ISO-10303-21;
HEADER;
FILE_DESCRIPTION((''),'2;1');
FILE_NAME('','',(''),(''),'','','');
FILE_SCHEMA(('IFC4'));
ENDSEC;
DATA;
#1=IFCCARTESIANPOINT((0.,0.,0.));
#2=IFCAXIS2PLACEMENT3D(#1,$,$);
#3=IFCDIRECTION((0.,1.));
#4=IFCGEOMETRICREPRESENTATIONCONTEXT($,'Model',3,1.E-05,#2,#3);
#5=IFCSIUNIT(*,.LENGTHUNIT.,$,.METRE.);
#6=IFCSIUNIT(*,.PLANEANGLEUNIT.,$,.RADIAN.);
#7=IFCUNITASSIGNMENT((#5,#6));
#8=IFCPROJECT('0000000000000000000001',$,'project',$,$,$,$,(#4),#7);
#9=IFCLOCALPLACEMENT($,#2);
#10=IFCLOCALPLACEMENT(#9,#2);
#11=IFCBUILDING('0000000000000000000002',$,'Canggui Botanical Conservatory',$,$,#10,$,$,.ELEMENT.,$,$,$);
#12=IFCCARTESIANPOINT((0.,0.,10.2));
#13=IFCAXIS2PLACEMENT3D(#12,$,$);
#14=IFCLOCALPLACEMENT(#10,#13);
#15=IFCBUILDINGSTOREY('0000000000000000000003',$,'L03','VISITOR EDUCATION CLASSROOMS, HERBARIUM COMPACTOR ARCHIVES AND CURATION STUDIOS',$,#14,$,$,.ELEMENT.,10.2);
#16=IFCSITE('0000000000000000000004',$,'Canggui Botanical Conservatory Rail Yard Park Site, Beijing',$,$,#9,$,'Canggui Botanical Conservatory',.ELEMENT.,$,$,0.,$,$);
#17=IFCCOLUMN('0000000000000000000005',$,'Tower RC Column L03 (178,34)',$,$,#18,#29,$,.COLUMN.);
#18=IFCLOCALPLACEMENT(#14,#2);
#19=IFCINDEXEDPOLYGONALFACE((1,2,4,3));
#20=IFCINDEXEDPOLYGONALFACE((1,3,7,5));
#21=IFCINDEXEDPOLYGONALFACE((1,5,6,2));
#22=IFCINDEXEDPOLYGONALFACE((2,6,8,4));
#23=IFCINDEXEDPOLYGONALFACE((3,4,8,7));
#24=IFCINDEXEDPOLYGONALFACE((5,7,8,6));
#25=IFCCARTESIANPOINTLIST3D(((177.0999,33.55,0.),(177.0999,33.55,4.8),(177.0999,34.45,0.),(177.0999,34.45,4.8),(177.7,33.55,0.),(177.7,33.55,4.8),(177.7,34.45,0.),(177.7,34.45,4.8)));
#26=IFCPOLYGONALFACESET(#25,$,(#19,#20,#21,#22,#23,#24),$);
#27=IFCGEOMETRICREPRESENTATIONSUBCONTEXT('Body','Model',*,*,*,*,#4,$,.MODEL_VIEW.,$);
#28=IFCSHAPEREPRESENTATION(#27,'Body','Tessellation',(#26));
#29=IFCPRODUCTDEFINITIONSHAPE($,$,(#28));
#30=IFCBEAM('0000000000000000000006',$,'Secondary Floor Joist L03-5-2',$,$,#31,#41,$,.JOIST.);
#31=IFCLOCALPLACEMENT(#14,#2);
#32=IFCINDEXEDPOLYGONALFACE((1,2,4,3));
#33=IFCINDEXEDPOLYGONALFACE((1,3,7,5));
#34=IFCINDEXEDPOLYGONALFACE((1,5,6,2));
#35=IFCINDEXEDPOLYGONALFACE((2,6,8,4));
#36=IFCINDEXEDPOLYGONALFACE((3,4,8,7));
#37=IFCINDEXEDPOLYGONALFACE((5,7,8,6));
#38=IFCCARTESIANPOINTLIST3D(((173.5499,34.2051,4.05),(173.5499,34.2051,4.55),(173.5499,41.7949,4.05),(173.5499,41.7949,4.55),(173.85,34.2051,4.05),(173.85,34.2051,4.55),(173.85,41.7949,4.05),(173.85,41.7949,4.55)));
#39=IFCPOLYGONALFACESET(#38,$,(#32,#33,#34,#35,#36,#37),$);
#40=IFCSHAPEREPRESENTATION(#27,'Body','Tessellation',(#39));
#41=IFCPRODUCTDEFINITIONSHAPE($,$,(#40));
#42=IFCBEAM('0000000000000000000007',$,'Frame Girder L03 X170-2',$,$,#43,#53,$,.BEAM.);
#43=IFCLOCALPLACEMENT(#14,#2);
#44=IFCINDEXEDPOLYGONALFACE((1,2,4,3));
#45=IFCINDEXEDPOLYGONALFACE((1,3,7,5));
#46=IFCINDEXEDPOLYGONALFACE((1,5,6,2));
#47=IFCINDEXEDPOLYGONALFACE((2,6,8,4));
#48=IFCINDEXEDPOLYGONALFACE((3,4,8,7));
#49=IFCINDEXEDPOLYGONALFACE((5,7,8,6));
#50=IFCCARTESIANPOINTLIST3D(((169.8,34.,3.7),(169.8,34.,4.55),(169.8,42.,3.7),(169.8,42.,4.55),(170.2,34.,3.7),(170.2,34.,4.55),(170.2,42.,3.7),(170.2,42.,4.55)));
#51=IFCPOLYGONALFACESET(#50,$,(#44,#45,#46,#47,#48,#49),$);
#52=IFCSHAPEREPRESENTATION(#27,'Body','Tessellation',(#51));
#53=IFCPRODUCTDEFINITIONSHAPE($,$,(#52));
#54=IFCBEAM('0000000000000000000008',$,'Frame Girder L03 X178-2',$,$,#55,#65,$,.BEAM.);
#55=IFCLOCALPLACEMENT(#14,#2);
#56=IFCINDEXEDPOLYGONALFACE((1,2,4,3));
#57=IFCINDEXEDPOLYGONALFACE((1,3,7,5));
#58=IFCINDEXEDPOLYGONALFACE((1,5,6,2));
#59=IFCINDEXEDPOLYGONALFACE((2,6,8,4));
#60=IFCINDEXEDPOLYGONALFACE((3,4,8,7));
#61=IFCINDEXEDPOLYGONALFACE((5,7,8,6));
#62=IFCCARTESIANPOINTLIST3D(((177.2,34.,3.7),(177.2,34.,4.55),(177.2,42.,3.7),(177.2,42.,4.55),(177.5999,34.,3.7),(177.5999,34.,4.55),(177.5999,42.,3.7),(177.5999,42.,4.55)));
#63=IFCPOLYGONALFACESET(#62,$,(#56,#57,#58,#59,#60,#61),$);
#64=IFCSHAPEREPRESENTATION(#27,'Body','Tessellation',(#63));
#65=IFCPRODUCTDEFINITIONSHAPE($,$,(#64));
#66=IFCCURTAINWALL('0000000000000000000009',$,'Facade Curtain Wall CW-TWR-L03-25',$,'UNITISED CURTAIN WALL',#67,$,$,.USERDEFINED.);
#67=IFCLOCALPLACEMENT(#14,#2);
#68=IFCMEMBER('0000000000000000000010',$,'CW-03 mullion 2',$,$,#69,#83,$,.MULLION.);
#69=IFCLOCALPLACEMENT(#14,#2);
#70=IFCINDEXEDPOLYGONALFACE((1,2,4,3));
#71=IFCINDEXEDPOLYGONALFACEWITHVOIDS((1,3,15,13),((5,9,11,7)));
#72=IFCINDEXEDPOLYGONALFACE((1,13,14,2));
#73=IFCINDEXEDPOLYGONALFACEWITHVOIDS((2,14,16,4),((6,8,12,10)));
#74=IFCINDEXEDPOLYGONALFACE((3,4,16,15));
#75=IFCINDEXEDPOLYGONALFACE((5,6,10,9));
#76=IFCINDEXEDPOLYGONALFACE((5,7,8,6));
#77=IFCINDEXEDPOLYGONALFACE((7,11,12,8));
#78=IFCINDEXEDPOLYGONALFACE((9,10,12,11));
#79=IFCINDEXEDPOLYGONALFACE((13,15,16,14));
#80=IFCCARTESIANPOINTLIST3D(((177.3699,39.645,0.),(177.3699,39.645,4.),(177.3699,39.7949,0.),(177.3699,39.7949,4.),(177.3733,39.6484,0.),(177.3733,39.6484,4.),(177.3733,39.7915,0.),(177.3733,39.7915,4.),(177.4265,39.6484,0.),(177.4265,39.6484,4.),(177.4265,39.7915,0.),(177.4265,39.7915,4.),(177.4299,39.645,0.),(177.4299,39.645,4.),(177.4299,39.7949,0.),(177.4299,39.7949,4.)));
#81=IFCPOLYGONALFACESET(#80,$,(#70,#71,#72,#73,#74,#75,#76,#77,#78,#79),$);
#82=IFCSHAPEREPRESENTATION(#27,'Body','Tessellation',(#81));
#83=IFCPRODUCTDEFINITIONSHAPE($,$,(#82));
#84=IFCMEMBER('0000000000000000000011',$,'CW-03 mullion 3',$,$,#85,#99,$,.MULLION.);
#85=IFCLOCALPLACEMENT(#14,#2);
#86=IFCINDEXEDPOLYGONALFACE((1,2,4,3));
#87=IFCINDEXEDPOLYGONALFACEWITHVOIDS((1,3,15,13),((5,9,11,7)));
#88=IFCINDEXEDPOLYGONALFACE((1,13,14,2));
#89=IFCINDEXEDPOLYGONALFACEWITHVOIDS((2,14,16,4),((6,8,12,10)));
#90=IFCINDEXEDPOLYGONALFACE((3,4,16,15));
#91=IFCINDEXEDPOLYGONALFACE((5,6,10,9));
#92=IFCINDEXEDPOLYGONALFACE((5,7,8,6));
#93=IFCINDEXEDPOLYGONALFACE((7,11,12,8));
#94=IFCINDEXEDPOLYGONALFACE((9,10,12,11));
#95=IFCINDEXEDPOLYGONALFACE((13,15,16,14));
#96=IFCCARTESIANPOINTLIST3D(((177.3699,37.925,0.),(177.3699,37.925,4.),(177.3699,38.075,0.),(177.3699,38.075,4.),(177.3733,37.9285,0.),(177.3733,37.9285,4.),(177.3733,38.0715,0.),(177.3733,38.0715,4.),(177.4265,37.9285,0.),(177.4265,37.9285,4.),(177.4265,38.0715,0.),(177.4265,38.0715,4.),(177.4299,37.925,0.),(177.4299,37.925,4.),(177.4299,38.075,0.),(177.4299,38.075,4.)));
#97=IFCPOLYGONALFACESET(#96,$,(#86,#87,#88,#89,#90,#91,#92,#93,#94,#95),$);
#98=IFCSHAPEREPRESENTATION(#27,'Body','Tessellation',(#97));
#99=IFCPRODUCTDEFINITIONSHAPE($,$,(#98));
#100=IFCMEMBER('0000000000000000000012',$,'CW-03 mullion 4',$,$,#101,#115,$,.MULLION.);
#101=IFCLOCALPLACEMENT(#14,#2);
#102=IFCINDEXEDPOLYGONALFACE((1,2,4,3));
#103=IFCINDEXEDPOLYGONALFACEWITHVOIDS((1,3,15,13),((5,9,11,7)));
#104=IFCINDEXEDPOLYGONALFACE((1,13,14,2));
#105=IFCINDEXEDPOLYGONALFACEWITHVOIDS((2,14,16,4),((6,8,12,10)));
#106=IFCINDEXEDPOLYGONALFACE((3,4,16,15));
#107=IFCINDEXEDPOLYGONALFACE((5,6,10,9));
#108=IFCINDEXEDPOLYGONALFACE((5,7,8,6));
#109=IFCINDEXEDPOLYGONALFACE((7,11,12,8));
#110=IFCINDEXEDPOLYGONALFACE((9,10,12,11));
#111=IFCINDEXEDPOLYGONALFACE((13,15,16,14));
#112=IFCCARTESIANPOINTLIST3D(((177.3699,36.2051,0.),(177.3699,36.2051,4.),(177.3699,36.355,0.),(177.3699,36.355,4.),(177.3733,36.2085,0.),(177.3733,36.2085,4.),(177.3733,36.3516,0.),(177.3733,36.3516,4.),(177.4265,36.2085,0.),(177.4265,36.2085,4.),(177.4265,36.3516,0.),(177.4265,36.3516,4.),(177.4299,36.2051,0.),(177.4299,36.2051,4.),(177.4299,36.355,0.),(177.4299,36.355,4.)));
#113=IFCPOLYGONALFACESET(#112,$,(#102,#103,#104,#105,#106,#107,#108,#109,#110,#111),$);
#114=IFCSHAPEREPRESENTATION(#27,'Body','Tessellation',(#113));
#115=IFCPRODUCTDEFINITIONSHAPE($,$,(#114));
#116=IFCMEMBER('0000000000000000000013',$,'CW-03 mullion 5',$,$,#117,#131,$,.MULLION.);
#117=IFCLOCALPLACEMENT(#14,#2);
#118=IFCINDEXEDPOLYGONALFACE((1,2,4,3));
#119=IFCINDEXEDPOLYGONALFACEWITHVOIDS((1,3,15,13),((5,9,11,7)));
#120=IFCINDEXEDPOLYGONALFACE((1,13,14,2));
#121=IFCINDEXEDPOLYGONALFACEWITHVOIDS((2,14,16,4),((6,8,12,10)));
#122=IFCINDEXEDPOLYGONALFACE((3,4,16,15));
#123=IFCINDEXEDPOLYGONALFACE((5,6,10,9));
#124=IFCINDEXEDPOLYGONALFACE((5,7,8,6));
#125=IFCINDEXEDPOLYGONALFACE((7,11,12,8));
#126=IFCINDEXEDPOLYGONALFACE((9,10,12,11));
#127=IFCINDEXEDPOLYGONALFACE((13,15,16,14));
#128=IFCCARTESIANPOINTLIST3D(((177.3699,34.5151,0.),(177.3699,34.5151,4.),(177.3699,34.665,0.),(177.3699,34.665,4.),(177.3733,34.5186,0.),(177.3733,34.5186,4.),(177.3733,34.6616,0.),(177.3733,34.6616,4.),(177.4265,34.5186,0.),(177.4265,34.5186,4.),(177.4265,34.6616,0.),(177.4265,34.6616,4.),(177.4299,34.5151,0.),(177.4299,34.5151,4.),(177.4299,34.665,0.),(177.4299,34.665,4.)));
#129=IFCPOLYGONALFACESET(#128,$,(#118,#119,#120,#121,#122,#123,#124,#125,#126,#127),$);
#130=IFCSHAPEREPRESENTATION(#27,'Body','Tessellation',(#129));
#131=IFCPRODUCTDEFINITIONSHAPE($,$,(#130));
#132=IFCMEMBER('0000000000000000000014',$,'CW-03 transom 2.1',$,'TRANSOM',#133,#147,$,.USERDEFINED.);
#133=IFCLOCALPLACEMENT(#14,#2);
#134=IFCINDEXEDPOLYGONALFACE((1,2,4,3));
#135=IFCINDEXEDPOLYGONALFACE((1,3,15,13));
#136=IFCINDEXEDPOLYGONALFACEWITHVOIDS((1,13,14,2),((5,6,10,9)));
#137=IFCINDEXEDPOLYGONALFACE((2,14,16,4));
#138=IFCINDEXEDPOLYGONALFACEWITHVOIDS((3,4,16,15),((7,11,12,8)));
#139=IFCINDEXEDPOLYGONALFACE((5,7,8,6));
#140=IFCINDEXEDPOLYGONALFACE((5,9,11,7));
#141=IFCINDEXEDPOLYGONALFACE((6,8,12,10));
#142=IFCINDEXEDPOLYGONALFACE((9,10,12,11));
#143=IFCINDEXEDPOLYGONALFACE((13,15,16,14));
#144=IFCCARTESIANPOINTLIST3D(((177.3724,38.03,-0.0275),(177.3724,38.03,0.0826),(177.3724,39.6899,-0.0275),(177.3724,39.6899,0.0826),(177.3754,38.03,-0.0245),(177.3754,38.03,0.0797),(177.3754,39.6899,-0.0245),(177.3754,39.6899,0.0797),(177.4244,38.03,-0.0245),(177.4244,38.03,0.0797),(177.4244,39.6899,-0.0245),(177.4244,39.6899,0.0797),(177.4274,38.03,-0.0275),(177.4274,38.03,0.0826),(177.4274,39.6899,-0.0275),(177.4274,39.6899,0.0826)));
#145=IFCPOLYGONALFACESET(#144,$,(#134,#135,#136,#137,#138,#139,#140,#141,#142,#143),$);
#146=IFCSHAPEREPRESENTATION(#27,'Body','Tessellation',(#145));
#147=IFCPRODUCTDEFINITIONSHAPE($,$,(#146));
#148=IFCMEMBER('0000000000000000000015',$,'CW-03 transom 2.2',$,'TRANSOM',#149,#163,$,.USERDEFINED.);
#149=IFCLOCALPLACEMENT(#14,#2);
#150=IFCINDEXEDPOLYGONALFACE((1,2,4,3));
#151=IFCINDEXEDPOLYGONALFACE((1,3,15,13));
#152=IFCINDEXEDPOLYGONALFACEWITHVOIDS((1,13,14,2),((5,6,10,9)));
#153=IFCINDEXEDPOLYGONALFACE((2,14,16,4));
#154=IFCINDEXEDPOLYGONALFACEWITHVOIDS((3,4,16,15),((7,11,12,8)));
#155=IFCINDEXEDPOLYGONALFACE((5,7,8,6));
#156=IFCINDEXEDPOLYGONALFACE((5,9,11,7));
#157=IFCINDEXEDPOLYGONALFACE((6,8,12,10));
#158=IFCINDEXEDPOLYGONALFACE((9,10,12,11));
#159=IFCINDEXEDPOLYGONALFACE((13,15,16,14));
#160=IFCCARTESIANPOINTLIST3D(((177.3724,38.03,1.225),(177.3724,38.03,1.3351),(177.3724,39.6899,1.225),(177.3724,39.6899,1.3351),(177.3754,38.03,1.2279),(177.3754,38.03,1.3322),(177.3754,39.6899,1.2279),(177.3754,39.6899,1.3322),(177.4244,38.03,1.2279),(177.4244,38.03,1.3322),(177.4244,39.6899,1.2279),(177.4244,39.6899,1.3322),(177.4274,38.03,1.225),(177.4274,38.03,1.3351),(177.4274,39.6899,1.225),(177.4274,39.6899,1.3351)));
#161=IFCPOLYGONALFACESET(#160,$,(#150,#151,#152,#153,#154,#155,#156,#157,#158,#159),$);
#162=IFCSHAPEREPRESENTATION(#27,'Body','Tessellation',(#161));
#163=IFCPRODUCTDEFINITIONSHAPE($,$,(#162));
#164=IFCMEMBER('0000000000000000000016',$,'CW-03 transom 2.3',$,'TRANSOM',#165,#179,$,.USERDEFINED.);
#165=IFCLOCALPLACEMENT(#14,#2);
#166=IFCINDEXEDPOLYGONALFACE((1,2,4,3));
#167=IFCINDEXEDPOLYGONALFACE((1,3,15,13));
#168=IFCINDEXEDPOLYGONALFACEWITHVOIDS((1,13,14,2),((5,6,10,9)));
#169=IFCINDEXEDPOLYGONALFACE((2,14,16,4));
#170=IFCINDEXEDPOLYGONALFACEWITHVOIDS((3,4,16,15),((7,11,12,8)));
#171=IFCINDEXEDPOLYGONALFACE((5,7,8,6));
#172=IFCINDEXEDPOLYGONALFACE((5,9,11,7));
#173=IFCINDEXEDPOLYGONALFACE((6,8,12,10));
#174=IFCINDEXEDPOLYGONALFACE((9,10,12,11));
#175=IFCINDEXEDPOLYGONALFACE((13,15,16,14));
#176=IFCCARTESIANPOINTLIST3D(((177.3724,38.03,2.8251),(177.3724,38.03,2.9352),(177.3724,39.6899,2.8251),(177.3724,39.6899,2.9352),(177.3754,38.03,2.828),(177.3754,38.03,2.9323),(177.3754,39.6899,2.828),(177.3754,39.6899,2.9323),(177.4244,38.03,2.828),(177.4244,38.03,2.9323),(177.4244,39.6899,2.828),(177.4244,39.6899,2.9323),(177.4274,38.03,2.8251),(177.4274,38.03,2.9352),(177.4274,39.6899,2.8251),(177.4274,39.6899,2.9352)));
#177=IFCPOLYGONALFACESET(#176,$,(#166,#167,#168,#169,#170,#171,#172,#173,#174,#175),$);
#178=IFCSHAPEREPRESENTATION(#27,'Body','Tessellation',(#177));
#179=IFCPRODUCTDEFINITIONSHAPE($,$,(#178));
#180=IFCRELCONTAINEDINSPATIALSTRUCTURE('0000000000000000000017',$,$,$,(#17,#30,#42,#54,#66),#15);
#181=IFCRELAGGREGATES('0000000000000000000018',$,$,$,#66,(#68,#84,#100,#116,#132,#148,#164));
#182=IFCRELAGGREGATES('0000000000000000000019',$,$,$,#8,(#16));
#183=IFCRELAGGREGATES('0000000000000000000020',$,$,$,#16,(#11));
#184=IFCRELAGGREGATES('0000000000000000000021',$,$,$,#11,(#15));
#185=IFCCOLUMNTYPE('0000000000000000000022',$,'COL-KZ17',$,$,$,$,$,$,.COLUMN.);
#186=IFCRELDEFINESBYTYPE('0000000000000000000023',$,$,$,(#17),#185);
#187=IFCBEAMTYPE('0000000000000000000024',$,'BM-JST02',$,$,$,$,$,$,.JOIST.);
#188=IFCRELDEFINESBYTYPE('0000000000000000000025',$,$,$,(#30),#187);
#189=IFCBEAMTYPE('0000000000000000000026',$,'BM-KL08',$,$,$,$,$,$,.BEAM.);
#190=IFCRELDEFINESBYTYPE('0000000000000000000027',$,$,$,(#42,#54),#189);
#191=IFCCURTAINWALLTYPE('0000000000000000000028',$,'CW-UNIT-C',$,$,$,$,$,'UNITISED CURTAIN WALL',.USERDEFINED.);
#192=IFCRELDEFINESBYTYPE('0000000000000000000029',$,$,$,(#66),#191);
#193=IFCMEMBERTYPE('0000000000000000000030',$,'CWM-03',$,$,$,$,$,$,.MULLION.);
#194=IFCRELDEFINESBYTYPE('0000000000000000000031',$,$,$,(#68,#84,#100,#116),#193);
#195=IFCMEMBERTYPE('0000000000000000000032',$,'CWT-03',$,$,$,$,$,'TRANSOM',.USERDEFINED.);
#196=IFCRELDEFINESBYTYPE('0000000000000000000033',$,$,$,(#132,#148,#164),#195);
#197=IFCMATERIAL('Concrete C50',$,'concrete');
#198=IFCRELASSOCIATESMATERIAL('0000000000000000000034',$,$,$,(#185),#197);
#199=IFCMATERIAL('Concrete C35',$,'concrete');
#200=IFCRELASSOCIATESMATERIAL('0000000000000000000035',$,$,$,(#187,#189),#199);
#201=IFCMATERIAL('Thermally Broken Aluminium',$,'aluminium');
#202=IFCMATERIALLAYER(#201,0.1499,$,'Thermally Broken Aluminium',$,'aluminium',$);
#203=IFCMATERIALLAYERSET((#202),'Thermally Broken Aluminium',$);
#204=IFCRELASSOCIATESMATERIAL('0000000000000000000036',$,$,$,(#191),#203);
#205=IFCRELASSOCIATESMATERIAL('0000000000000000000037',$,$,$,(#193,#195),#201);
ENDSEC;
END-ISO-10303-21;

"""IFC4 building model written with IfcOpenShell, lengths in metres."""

from ifc_helpers import new_model, si_unit, direction, frame, origin, origin_2d, place, context, subcontext, project, spatial, rectangle, hollow_rectangle, extrude, material, layer, layer_set, material_profile, profile_set, type_object, element, aggregate, save


model = new_model("IFC4")

# Units and contexts
model_context = context("Model", 3, precision=1e-05, world=origin(), true_north=direction((0.0, 1.0)))
body_context = subcontext(model_context, "Body", "Model", "MODEL_VIEW")
ifc_project = project(units=[si_unit("LENGTHUNIT", "METRE"), si_unit("PLANEANGLEUNIT", "RADIAN")], contexts=[model_context])

# Site, building, storey
site_placement = place(None, origin())
site = spatial("IfcSite", under=ifc_project, at=site_placement, Name="Canggui Botanical Conservatory Rail Yard Park Site, Beijing", LongName="Canggui Botanical Conservatory", CompositionType="ELEMENT", RefElevation=0.0)
building_placement = place(site_placement, origin())
building = spatial("IfcBuilding", under=site, at=building_placement, Name="Canggui Botanical Conservatory", CompositionType="ELEMENT")
storey_placement = place(building_placement, frame((0.0, 0.0, 10.2)))
storey = spatial("IfcBuildingStorey", under=building, at=storey_placement, Name="L03", Description="VISITOR EDUCATION CLASSROOMS, HERBARIUM COMPACTOR ARCHIVES AND CURATION STUDIOS", CompositionType="ELEMENT", Elevation=10.2)

# Column
ifc_material_1 = material(Name="Concrete C50", Category="concrete")
ifc_material_profile_1 = material_profile(ifc_material_1, rectangle(XDim=0.6001, YDim=0.8999, at=origin_2d()), Name="RC 600x900")
ifc_profile_set_1 = profile_set([ifc_material_profile_1], Name="Concrete C50")
column_type = type_object("IfcColumnType", Name="COL-KZ17", PredefinedType="COLUMN", material=ifc_profile_set_1)
column_placement = place(storey_placement, frame((177.3999, 34.0, 0.0), z_axis=(0.0, 0.0, 1.0), x_axis=(1.0, 0.0, 0.0)))
element("IfcColumn", 1, at=column_placement, inside=storey, type_object=column_type, Name="Tower RC Column L03 (178,34)", PredefinedType="COLUMN", context=body_context, shape_type="SweptSolid", body=[
    extrude(rectangle(XDim=0.6001, YDim=0.8999, at=origin_2d()), origin(), (0.0, 0.0, 1.0), 4.8),
])

# Beams
ifc_material_2 = material(Name="Concrete C35", Category="concrete")
ifc_material_profile_2 = material_profile(ifc_material_2, rectangle(XDim=0.3, YDim=0.5, at=origin_2d()), Name="RB 300x500")
ifc_profile_set_2 = profile_set([ifc_material_profile_2], Name="Concrete C35")
beam_type_1 = type_object("IfcBeamType", Name="BM-JST02", PredefinedType="JOIST", material=ifc_profile_set_2)
beam_placement = place(storey_placement, frame((173.7, 34.2051, 4.3), z_axis=(0.0, 1.0, 0.0), x_axis=(-1.0, 0.0, 0.0)))
element("IfcBeam", 2, at=beam_placement, inside=storey, type_object=beam_type_1, Name="Secondary Floor Joist L03-5-2", PredefinedType="JOIST", context=body_context, shape_type="SweptSolid", body=[
    extrude(rectangle(XDim=0.3, YDim=0.5, at=origin_2d()), origin(), (0.0, 0.0, 1.0), 7.5898),
])
ifc_material_profile_3 = material_profile(ifc_material_2, rectangle(XDim=0.3999, YDim=0.8501, at=origin_2d()), Name="RB 400x850")
ifc_profile_set_3 = profile_set([ifc_material_profile_3], Name="Concrete C35")
beam_type_2 = type_object("IfcBeamType", Name="BM-KL08", PredefinedType="BEAM", material=ifc_profile_set_3)
for number, where, z_axis, x_axis, name in (
    (3, (170.0, 34.0, 4.125), (0.0, 1.0, 0.0), (-1.0, 0.0, 0.0), "Frame Girder L03 X170-2"),
    (4, (177.3999, 34.0, 4.125), (0.0, 1.0, 0.0), (-1.0, 0.0, 0.0), "Frame Girder L03 X178-2"),
):
    element("IfcBeam", number, at=place(storey_placement, frame(where, z_axis=z_axis, x_axis=x_axis)), inside=storey, type_object=beam_type_2, Name=name, PredefinedType="BEAM", context=body_context, shape_type="SweptSolid", body=[
        extrude(rectangle(XDim=0.3999, YDim=0.8501, at=origin_2d()), origin(), (0.0, 0.0, 1.0), 8.0),
    ])

# Curtain wall, members
ifc_material_3 = material(Name="Thermally Broken Aluminium", Category="aluminium")
ifc_layer_1 = layer(ifc_material_3, 0.1499, Name="Thermally Broken Aluminium", Category="aluminium")
ifc_layer_set_1 = layer_set([ifc_layer_1], Name="Thermally Broken Aluminium")
curtain_wall_type = type_object("IfcCurtainWallType", Name="CW-UNIT-C", ElementType="UNITISED CURTAIN WALL", PredefinedType="USERDEFINED", material=ifc_layer_set_1)
curtain_wall_placement = place(storey_placement, origin())
curtain_wall = element("IfcCurtainWall", 5, at=curtain_wall_placement, inside=storey, type_object=curtain_wall_type, Name="Facade Curtain Wall CW-TWR-L03-25", ObjectType="UNITISED CURTAIN WALL", PredefinedType="USERDEFINED")
ifc_material_profile_4 = material_profile(ifc_material_3, hollow_rectangle(XDim=0.0601, YDim=0.1499, WallThickness=0.0034, at=origin_2d()), Name="CWM 60x150x3.5")
ifc_profile_set_4 = profile_set([ifc_material_profile_4], Name="Thermally Broken Aluminium")
member_type_1 = type_object("IfcMemberType", Name="CWM-03", PredefinedType="MULLION", material=ifc_profile_set_4)
member_1_placement = place(storey_placement, frame((177.3999, 39.72, 0.0), z_axis=(0.0, 0.0, 1.0), x_axis=(1.0, 0.0, 0.0)))
member_1 = element("IfcMember", 6, at=member_1_placement, type_object=member_type_1, Name="CW-03 mullion 2", PredefinedType="MULLION", context=body_context, shape_type="SweptSolid", body=[
    extrude(hollow_rectangle(XDim=0.0601, YDim=0.1499, WallThickness=0.0034, at=origin_2d()), origin(), (0.0, 0.0, 1.0), 4.0),
])
member_2_placement = place(storey_placement, frame((177.3999, 38.0, 0.0), z_axis=(0.0, 0.0, 1.0), x_axis=(1.0, 0.0, 0.0)))
member_2 = element("IfcMember", 7, at=member_2_placement, type_object=member_type_1, Name="CW-03 mullion 3", PredefinedType="MULLION", context=body_context, shape_type="SweptSolid", body=[
    extrude(hollow_rectangle(XDim=0.0601, YDim=0.1499, WallThickness=0.0034, at=origin_2d()), origin(), (0.0, 0.0, 1.0), 4.0),
])
member_3_placement = place(storey_placement, frame((177.3999, 36.28, 0.0), z_axis=(0.0, 0.0, 1.0), x_axis=(1.0, 0.0, 0.0)))
member_3 = element("IfcMember", 8, at=member_3_placement, type_object=member_type_1, Name="CW-03 mullion 4", PredefinedType="MULLION", context=body_context, shape_type="SweptSolid", body=[
    extrude(hollow_rectangle(XDim=0.0601, YDim=0.1499, WallThickness=0.0034, at=origin_2d()), origin(), (0.0, 0.0, 1.0), 4.0),
])
member_4_placement = place(storey_placement, frame((177.3999, 34.5901, 0.0), z_axis=(0.0, 0.0, 1.0), x_axis=(1.0, 0.0, 0.0)))
member_4 = element("IfcMember", 9, at=member_4_placement, type_object=member_type_1, Name="CW-03 mullion 5", PredefinedType="MULLION", context=body_context, shape_type="SweptSolid", body=[
    extrude(hollow_rectangle(XDim=0.0601, YDim=0.1499, WallThickness=0.0034, at=origin_2d()), origin(), (0.0, 0.0, 1.0), 4.0),
])
ifc_material_profile_5 = material_profile(ifc_material_3, hollow_rectangle(XDim=0.0549, YDim=0.1101, WallThickness=0.0029, at=origin_2d()), Name="CWT 55x110x3")
ifc_profile_set_5 = profile_set([ifc_material_profile_5], Name="Thermally Broken Aluminium")
member_type_2 = type_object("IfcMemberType", Name="CWT-03", ElementType="TRANSOM", PredefinedType="USERDEFINED", material=ifc_profile_set_5)
member_5_placement = place(storey_placement, frame((177.3999, 39.6899, 0.0276), z_axis=(0.0, -1.0, 0.0), x_axis=(1.0, 0.0, 0.0)))
member_5 = element("IfcMember", 10, at=member_5_placement, type_object=member_type_2, Name="CW-03 transom 2.1", ObjectType="TRANSOM", PredefinedType="USERDEFINED", context=body_context, shape_type="SweptSolid", body=[
    extrude(hollow_rectangle(XDim=0.0549, YDim=0.1101, WallThickness=0.0029, at=origin_2d()), origin(), (0.0, 0.0, 1.0), 1.6599),
])
member_6_placement = place(storey_placement, frame((177.3999, 39.6899, 1.28), z_axis=(0.0, -1.0, 0.0), x_axis=(1.0, 0.0, 0.0)))
member_6 = element("IfcMember", 11, at=member_6_placement, type_object=member_type_2, Name="CW-03 transom 2.2", ObjectType="TRANSOM", PredefinedType="USERDEFINED", context=body_context, shape_type="SweptSolid", body=[
    extrude(hollow_rectangle(XDim=0.0549, YDim=0.1101, WallThickness=0.0029, at=origin_2d()), origin(), (0.0, 0.0, 1.0), 1.6599),
])
member_7_placement = place(storey_placement, frame((177.3999, 39.6899, 2.8801), z_axis=(0.0, -1.0, 0.0), x_axis=(1.0, 0.0, 0.0)))
member_7 = element("IfcMember", 12, at=member_7_placement, type_object=member_type_2, Name="CW-03 transom 2.3", ObjectType="TRANSOM", PredefinedType="USERDEFINED", context=body_context, shape_type="SweptSolid", body=[
    extrude(hollow_rectangle(XDim=0.0549, YDim=0.1101, WallThickness=0.0029, at=origin_2d()), origin(), (0.0, 0.0, 1.0), 1.6599),
])
aggregate(curtain_wall, [member_1, member_2, member_3, member_4, member_5, member_6, member_7])

save(model, "model.ifc")
